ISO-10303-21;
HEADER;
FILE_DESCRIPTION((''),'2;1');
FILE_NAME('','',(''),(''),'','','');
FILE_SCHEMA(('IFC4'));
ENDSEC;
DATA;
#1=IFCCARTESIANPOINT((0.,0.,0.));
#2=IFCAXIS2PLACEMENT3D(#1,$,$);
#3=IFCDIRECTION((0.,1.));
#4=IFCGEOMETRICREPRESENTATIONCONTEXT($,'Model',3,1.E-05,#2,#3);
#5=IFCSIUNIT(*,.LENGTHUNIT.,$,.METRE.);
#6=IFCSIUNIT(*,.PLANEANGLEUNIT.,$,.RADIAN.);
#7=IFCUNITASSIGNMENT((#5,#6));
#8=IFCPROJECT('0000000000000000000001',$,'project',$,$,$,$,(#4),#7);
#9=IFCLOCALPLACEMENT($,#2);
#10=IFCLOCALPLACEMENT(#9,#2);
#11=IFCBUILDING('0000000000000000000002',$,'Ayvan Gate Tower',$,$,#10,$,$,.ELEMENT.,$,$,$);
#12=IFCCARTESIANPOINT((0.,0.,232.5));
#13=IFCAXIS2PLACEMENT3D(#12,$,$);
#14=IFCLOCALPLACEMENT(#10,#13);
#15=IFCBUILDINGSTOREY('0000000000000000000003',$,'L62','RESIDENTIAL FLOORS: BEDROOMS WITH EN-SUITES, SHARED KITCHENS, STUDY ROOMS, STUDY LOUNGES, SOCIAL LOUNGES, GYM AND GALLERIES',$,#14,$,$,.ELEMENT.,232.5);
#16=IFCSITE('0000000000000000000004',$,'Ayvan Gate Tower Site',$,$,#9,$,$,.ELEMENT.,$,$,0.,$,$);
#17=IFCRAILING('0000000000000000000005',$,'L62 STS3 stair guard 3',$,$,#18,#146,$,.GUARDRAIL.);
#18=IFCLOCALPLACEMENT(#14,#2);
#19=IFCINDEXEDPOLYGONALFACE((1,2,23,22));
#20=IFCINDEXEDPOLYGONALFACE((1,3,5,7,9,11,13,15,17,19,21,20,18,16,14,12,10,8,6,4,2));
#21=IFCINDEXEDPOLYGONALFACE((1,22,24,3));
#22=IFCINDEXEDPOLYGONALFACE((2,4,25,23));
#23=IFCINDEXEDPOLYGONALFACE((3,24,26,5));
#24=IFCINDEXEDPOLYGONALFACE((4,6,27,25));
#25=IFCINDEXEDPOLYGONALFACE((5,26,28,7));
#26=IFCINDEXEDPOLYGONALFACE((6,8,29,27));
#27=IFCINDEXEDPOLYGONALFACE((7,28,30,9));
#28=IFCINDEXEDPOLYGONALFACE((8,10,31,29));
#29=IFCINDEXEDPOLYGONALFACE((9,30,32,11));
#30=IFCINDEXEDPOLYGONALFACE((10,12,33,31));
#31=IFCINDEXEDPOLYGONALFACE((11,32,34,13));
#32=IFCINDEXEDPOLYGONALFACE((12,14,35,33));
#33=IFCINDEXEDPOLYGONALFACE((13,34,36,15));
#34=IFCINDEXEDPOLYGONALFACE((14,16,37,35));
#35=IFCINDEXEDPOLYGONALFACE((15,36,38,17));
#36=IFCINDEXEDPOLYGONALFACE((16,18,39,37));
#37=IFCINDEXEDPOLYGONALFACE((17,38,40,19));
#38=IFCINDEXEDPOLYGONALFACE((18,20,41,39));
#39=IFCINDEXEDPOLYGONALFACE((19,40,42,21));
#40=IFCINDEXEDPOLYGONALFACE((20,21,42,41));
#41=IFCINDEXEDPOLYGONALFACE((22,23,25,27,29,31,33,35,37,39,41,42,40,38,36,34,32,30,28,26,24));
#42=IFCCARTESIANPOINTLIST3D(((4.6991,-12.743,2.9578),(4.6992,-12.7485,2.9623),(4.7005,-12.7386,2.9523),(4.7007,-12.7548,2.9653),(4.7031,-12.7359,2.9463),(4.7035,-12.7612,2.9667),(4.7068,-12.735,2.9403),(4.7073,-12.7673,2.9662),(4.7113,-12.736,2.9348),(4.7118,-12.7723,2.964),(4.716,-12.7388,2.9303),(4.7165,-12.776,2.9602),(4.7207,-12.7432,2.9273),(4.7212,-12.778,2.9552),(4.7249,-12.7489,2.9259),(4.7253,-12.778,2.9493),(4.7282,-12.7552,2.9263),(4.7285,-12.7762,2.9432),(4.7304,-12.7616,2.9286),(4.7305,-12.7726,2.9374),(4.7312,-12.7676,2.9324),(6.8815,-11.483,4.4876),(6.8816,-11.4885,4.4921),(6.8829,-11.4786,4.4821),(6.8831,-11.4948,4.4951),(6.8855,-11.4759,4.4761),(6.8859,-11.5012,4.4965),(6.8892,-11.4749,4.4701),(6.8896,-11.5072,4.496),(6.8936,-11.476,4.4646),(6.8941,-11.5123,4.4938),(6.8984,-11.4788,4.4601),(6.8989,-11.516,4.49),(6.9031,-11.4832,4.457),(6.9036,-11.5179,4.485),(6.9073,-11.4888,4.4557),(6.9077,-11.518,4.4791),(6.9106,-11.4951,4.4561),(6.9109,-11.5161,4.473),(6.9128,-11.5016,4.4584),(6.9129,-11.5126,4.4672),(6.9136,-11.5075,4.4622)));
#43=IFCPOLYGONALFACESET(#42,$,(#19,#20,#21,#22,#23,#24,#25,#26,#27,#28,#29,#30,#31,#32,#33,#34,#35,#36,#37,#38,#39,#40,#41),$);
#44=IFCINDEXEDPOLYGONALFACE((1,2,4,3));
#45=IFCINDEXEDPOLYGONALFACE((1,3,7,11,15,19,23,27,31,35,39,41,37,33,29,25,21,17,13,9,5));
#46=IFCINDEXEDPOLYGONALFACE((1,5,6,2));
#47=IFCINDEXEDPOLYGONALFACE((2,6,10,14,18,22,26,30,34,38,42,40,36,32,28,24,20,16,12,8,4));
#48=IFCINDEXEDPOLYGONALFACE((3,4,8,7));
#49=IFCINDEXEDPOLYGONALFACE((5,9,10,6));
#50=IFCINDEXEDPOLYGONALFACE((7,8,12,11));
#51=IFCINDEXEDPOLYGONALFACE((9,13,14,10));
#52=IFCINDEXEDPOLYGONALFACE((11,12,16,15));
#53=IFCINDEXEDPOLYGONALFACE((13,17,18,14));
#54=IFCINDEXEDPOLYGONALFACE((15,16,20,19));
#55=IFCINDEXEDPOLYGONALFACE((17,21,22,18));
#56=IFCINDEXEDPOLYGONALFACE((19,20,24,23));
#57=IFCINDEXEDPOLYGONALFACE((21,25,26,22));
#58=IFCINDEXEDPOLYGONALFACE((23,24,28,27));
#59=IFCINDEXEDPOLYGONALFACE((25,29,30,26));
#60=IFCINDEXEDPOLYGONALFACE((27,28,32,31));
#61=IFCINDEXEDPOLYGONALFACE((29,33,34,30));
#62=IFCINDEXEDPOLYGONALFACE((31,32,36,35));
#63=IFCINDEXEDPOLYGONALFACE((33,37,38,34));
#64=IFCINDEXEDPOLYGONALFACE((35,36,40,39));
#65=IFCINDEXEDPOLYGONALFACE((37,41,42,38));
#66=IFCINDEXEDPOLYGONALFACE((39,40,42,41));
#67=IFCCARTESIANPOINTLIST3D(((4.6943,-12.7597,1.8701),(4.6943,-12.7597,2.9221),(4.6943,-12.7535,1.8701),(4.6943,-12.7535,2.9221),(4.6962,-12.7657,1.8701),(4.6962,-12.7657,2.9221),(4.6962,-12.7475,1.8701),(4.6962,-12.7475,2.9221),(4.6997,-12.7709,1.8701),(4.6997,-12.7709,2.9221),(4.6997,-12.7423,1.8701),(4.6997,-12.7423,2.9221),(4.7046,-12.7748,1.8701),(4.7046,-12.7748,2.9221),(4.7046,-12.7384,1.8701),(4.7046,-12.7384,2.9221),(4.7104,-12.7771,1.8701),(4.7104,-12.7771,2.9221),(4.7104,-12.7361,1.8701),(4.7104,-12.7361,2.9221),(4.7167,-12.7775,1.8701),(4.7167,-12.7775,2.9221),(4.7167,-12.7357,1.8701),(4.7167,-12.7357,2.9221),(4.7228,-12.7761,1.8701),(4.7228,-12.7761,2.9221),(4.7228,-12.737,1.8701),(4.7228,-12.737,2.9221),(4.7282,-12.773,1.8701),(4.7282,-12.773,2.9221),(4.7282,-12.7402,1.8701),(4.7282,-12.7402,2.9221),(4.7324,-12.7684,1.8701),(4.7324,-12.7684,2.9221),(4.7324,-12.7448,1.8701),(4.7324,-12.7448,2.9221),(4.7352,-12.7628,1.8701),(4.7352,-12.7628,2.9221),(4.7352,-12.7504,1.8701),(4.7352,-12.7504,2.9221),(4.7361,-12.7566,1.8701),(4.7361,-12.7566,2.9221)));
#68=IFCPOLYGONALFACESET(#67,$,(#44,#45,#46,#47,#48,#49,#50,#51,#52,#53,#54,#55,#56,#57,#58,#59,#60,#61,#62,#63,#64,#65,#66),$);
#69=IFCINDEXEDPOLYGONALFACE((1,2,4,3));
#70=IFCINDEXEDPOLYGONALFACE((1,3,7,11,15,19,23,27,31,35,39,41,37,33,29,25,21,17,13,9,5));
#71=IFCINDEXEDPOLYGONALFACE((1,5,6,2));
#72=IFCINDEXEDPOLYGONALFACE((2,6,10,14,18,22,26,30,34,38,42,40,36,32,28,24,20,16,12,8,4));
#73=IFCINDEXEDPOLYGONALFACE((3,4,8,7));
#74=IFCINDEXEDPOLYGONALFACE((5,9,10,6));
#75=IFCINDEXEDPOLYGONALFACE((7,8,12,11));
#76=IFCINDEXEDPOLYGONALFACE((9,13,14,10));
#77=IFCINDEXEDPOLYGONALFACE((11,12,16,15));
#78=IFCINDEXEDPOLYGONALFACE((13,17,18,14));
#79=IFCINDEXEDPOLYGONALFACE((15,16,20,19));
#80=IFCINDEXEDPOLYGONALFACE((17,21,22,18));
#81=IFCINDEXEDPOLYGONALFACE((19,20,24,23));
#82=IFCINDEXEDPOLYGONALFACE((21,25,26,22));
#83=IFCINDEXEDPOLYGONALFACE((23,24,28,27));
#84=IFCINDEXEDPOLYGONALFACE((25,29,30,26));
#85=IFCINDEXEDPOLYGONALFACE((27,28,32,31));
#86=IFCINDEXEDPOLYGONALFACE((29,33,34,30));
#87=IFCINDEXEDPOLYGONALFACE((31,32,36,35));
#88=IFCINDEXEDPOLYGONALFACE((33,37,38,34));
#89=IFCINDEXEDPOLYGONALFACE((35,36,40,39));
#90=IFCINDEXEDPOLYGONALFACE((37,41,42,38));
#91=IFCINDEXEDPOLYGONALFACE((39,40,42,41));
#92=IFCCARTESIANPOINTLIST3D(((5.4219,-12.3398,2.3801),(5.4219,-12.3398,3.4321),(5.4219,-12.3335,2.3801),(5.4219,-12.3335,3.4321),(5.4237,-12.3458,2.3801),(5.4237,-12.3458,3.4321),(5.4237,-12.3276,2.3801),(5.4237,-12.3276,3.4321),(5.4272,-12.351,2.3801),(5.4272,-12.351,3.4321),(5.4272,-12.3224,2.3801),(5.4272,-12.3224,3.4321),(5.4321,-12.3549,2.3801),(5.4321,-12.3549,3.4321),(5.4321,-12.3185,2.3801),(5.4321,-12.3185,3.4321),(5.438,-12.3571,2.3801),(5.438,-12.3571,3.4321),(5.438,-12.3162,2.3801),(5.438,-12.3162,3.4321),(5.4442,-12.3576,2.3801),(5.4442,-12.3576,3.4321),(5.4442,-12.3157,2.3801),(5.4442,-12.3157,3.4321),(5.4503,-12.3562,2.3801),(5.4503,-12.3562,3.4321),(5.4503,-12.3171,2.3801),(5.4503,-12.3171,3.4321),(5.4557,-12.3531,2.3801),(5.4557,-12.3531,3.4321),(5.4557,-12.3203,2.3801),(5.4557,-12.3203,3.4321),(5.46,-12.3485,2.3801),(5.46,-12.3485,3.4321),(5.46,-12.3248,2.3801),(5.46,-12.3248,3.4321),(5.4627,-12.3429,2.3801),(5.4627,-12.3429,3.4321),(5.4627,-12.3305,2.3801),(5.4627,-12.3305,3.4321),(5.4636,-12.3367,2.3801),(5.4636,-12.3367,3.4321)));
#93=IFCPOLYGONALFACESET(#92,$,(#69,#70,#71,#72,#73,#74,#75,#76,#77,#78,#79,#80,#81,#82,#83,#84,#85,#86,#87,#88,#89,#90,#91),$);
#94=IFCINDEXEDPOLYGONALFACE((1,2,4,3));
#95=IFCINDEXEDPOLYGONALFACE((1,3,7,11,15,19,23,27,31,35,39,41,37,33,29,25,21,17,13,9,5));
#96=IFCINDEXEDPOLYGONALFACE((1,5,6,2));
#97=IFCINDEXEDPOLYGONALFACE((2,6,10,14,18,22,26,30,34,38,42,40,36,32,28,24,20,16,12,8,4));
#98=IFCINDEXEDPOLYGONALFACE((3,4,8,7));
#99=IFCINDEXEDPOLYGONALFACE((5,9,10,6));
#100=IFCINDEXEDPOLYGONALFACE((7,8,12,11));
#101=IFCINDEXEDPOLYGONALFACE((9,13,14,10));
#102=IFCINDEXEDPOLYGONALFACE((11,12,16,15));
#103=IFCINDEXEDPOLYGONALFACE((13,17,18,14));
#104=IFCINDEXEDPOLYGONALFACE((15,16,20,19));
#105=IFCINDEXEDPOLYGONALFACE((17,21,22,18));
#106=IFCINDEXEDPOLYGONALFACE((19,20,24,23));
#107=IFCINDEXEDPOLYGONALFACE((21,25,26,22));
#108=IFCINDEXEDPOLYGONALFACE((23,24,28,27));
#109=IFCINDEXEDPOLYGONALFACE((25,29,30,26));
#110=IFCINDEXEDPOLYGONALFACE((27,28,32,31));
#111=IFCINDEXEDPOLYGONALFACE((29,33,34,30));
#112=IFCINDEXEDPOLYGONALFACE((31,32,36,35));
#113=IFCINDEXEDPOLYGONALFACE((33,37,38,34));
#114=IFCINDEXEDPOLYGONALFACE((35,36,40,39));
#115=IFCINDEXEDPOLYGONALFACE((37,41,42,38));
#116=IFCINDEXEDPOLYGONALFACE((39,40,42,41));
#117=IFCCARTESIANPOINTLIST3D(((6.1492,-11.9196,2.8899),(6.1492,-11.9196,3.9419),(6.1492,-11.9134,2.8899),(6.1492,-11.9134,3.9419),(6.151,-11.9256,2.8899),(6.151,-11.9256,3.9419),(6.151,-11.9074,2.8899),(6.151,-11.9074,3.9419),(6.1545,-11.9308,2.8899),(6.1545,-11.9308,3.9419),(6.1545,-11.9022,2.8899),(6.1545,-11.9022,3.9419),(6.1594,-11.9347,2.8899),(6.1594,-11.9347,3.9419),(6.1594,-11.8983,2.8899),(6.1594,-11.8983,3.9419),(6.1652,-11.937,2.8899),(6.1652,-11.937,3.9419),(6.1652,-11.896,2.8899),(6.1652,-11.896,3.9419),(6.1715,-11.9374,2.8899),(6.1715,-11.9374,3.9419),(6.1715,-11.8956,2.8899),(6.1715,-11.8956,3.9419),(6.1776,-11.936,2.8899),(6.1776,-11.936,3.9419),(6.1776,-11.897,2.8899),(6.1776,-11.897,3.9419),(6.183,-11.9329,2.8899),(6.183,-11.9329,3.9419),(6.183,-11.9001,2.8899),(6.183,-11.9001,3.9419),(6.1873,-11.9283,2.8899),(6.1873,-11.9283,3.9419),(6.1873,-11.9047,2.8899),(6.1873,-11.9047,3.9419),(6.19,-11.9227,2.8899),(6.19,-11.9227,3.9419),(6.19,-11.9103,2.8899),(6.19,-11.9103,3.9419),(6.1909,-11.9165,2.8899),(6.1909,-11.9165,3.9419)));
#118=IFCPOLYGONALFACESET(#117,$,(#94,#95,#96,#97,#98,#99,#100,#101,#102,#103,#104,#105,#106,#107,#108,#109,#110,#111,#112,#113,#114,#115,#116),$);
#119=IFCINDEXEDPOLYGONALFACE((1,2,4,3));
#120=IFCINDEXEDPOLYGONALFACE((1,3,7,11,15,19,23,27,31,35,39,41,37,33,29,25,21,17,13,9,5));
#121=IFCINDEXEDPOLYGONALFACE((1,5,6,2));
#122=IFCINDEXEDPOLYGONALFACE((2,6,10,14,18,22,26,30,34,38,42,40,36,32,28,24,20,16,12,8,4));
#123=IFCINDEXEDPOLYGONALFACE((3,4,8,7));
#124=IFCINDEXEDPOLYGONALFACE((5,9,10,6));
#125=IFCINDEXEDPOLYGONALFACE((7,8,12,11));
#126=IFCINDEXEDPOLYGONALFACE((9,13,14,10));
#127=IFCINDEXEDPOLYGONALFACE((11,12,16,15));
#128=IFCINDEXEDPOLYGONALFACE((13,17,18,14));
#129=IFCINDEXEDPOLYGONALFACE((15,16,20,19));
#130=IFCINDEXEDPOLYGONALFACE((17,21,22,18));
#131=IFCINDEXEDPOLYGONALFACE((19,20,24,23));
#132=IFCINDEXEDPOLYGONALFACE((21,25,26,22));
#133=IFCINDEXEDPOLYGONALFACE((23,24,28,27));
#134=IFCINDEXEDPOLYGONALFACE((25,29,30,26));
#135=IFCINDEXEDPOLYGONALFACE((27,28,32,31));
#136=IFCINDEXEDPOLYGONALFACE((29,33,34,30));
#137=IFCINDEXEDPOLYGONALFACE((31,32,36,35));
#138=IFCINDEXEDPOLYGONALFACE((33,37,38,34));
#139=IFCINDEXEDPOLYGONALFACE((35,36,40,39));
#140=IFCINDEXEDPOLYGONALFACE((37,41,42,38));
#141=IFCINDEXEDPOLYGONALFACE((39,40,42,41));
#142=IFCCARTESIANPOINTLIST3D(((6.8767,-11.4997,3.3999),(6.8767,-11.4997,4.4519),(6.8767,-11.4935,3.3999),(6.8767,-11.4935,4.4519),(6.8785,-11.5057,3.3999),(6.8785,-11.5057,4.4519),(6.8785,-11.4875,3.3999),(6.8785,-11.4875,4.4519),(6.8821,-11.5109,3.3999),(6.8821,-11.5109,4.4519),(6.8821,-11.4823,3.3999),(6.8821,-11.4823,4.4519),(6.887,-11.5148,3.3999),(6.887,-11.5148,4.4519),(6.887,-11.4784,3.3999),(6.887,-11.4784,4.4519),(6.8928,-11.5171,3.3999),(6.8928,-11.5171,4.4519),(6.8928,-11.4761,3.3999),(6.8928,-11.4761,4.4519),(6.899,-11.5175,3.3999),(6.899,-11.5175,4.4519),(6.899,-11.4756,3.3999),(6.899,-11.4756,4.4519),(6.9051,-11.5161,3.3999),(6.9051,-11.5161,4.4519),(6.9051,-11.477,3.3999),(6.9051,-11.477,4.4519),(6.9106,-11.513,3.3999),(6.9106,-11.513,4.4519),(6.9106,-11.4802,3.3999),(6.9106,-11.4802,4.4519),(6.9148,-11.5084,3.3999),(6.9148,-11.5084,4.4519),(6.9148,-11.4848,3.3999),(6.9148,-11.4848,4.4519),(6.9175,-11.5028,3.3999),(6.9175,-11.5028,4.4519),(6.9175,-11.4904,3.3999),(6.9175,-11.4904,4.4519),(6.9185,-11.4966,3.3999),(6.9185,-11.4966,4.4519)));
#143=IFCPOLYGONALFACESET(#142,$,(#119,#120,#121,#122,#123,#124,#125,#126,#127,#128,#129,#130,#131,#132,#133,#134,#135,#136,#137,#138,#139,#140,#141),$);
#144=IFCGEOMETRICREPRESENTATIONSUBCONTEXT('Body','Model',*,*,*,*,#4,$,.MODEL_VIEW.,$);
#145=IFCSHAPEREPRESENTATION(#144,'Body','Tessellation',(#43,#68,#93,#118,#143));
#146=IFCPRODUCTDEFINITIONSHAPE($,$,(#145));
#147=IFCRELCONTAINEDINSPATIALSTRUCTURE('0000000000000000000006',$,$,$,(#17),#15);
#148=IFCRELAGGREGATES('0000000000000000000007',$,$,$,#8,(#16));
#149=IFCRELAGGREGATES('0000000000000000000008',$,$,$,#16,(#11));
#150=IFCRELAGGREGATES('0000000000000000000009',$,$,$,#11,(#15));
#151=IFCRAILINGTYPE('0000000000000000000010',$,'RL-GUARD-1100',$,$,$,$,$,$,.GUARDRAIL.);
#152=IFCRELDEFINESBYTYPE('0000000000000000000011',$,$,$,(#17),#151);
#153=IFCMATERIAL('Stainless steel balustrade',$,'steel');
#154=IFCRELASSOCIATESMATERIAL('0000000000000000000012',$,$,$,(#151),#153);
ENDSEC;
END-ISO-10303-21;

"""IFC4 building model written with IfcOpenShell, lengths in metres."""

from ifc_helpers import new_model, si_unit, direction, frame, origin, origin_2d, place, context, subcontext, project, spatial, circle, extrude, material, type_object, element, save


model = new_model("IFC4")

# Units and contexts
model_context = context("Model", 3, precision=1e-05, world=origin(), true_north=direction((0.0, 1.0)))
body_context = subcontext(model_context, "Body", "Model", "MODEL_VIEW")
ifc_project = project(units=[si_unit("LENGTHUNIT", "METRE"), si_unit("PLANEANGLEUNIT", "RADIAN")], contexts=[model_context])

# Site, building, storey
site_placement = place(None, origin())
site = spatial("IfcSite", under=ifc_project, at=site_placement, Name="Ayvan Gate Tower Site", CompositionType="ELEMENT", RefElevation=0.0)
building_placement = place(site_placement, origin())
building = spatial("IfcBuilding", under=site, at=building_placement, Name="Ayvan Gate Tower", CompositionType="ELEMENT")
storey_placement = place(building_placement, frame((0.0, 0.0, 232.5)))
storey = spatial("IfcBuildingStorey", under=building, at=storey_placement, Name="L62", Description="RESIDENTIAL FLOORS: BEDROOMS WITH EN-SUITES, SHARED KITCHENS, STUDY ROOMS, STUDY LOUNGES, SOCIAL LOUNGES, GYM AND GALLERIES", CompositionType="ELEMENT", Elevation=232.5)

# Railing
ifc_material_1 = material(Name="Stainless steel balustrade", Category="steel")
railing_type_1 = type_object("IfcRailingType", Name="RL-GUARD-1100", PredefinedType="GUARDRAIL", material=ifc_material_1)
railing_1_placement = place(storey_placement, frame((4.7151, -12.7566, 1.8701)))
element("IfcRailing", 1, at=railing_1_placement, inside=storey, type_object=railing_type_1, Name="L62 STS3 stair guard 3", PredefinedType="GUARDRAIL", context=body_context, shape_type="SweptSolid", body=[
    extrude(circle(Radius=0.0239, at=origin_2d()), frame((0.0, 0.0, 1.0762), z_axis=(0.740293, 0.427414, 0.518926), x_axis=(-0.500005, 0.866023, 0.0)), (0.0, 0.0, 1.0), 2.948),
    extrude(circle(Radius=0.021, at=origin_2d()), origin(), (0.0, 0.0, 1.0), 1.052),
    extrude(circle(Radius=0.021, at=origin_2d()), frame((0.7275, 0.4199, 0.51)), (0.0, 0.0, 1.0), 1.052),
    extrude(circle(Radius=0.021, at=origin_2d()), frame((1.4548, 0.8401, 1.0198)), (0.0, 0.0, 1.0), 1.052),
    extrude(circle(Radius=0.021, at=origin_2d()), frame((2.1824, 1.26, 1.5298)), (0.0, 0.0, 1.0), 1.052),
])

save(model, "model.ifc")
